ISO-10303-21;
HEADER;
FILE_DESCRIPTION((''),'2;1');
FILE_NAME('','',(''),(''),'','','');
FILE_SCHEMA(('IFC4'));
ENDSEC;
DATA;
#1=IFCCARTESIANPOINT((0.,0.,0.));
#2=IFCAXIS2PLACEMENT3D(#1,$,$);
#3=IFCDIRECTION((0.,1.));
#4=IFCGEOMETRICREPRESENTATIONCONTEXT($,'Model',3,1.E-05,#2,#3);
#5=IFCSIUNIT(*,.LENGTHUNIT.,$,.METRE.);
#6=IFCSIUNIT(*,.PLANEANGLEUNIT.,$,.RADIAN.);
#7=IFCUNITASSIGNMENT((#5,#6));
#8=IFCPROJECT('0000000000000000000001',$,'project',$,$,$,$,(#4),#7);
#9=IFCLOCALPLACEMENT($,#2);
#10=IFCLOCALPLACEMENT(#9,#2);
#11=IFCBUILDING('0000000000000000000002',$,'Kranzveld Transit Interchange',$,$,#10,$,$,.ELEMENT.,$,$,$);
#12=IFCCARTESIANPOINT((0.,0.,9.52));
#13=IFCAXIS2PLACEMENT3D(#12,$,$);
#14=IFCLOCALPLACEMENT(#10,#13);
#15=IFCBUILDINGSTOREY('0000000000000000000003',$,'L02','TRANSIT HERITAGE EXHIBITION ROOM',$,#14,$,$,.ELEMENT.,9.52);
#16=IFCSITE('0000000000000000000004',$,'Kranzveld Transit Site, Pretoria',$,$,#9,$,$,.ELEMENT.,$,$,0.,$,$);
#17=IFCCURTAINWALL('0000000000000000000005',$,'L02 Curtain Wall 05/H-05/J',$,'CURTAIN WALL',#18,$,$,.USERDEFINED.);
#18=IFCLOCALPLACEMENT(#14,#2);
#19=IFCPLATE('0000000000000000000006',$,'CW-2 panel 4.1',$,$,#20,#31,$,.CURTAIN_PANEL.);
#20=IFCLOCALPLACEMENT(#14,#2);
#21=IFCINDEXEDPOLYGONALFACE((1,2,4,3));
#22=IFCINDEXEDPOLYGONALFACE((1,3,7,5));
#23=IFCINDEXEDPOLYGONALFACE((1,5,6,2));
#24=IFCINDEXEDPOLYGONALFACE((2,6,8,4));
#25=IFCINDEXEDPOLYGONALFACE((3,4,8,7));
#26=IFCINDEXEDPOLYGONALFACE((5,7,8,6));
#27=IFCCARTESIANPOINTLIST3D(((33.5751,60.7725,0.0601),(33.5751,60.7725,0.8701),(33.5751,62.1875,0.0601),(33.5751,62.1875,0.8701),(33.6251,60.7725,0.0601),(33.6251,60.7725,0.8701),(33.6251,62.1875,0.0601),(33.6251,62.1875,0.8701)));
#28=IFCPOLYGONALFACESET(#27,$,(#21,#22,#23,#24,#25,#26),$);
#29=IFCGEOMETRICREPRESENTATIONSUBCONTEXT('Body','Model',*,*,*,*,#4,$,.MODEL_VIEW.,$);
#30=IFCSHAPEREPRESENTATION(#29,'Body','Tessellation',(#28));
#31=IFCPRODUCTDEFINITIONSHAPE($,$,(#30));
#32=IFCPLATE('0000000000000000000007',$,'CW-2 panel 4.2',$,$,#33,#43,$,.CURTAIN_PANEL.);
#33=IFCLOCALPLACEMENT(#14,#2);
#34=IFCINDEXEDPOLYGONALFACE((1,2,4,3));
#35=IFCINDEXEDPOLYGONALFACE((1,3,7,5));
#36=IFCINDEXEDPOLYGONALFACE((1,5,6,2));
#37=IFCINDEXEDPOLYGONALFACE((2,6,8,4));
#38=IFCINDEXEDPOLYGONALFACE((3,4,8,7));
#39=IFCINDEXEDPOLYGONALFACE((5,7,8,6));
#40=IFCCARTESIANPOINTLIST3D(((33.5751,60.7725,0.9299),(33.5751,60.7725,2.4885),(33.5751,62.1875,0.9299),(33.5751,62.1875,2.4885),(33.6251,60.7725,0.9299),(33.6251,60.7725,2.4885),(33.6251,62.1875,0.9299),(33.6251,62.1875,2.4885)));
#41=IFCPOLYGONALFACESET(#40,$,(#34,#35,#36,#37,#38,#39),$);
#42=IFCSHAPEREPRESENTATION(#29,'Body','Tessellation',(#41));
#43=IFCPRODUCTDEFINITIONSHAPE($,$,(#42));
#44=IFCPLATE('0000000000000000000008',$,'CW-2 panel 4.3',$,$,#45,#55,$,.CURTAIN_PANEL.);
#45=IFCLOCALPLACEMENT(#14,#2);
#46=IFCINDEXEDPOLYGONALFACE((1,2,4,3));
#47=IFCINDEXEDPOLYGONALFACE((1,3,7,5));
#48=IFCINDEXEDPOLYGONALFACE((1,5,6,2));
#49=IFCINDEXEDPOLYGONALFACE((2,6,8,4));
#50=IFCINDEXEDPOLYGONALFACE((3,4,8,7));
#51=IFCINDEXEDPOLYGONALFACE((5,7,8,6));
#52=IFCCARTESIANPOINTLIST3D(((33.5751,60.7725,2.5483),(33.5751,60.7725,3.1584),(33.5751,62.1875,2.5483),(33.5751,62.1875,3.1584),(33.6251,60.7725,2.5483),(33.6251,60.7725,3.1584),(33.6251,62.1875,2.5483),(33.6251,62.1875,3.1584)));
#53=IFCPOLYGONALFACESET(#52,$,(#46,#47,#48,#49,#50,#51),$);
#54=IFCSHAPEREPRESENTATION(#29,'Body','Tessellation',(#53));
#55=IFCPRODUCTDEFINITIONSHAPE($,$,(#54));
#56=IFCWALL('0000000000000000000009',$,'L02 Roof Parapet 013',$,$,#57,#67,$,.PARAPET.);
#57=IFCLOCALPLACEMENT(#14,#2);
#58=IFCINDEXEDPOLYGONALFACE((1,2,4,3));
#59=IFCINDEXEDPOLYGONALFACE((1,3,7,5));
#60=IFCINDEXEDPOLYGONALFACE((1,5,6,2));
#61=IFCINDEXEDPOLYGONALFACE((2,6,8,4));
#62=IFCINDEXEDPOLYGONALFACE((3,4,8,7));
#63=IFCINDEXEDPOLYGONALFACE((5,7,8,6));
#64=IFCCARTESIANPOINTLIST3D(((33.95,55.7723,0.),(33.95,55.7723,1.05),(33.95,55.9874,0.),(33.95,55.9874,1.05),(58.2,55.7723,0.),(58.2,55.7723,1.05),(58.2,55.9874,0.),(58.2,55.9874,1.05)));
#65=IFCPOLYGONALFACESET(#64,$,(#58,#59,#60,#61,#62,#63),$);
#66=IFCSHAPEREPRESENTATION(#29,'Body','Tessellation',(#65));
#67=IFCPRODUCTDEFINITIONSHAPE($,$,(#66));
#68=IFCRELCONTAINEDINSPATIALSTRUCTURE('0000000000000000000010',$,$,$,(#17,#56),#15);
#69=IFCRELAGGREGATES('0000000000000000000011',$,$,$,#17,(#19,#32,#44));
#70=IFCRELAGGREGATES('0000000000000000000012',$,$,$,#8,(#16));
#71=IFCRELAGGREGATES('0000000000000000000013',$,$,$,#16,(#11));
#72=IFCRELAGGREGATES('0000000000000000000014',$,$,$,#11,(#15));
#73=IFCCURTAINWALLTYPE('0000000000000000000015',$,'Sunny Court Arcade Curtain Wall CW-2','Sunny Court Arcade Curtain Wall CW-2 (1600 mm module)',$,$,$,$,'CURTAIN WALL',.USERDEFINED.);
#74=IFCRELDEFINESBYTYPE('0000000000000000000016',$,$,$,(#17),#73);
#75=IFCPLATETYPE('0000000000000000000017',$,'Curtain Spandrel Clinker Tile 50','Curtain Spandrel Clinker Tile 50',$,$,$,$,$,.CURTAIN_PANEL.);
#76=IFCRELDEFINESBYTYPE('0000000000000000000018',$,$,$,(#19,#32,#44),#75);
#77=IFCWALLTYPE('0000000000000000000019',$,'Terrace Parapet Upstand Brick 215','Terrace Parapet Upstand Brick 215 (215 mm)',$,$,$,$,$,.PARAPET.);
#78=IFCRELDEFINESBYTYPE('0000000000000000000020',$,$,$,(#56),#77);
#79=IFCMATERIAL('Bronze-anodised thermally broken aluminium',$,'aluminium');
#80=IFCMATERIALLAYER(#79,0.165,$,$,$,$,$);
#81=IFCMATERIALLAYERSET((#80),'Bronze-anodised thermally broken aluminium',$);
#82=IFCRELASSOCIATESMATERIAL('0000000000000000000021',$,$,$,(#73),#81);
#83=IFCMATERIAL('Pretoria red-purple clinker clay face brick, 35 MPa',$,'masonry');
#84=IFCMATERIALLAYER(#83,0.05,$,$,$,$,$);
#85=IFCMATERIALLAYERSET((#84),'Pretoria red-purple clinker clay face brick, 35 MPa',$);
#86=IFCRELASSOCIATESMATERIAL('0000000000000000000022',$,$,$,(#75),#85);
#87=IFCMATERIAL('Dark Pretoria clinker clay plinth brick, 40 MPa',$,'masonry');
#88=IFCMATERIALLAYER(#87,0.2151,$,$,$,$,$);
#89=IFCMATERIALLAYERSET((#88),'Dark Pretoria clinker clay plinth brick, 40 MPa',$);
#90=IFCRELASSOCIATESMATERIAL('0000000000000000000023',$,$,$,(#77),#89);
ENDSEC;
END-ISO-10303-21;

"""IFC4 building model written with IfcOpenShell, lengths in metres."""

from ifc_helpers import new_model, si_unit, direction, frame, frame_2d, origin, origin_2d, place, context, subcontext, project, spatial, rectangle, extrude, material, layer, layer_set, type_object, element, aggregate, save


model = new_model("IFC4")

# Units and contexts
model_context = context("Model", 3, precision=1e-05, world=origin(), true_north=direction((0.0, 1.0)))
body_context = subcontext(model_context, "Body", "Model", "MODEL_VIEW")
ifc_project = project(units=[si_unit("LENGTHUNIT", "METRE"), si_unit("PLANEANGLEUNIT", "RADIAN")], contexts=[model_context])

# Site, building, storey
site_placement = place(None, origin())
site = spatial("IfcSite", under=ifc_project, at=site_placement, Name="Kranzveld Transit Site, Pretoria", CompositionType="ELEMENT", RefElevation=0.0)
building_placement = place(site_placement, origin())
building = spatial("IfcBuilding", under=site, at=building_placement, Name="Kranzveld Transit Interchange", CompositionType="ELEMENT")
storey_placement = place(building_placement, frame((0.0, 0.0, 9.52)))
storey = spatial("IfcBuildingStorey", under=building, at=storey_placement, Name="L02", Description="TRANSIT HERITAGE EXHIBITION ROOM", CompositionType="ELEMENT", Elevation=9.52)

# Curtain wall, plates
ifc_material_1 = material(Name="Bronze-anodised thermally broken aluminium", Category="aluminium")
ifc_layer_1 = layer(ifc_material_1, 0.165)
ifc_layer_set_1 = layer_set([ifc_layer_1], Name="Bronze-anodised thermally broken aluminium")
curtain_wall_type = type_object("IfcCurtainWallType", Name="Sunny Court Arcade Curtain Wall CW-2", Description="Sunny Court Arcade Curtain Wall CW-2 (1600 mm module)", ElementType="CURTAIN WALL", PredefinedType="USERDEFINED", material=ifc_layer_set_1)
curtain_wall_placement = place(storey_placement, origin())
curtain_wall = element("IfcCurtainWall", 1, at=curtain_wall_placement, inside=storey, type_object=curtain_wall_type, Name="L02 Curtain Wall 05/H-05/J", ObjectType="CURTAIN WALL", PredefinedType="USERDEFINED")
ifc_material_2 = material(Name="Pretoria red-purple clinker clay face brick, 35 MPa", Category="masonry")
ifc_layer_2 = layer(ifc_material_2, 0.05)
ifc_layer_set_2 = layer_set([ifc_layer_2], Name="Pretoria red-purple clinker clay face brick, 35 MPa")
plate_type = type_object("IfcPlateType", Name="Curtain Spandrel Clinker Tile 50", Description="Curtain Spandrel Clinker Tile 50", PredefinedType="CURTAIN_PANEL", material=ifc_layer_set_2)
plate_1_placement = place(storey_placement, frame((33.6001, 61.48, 0.0601), z_axis=(0.0, 0.0, 1.0), x_axis=(0.0, 1.0, 0.0)))
plate_1 = element("IfcPlate", 2, at=plate_1_placement, type_object=plate_type, Name="CW-2 panel 4.1", PredefinedType="CURTAIN_PANEL", context=body_context, shape_type="SweptSolid", body=[
    extrude(rectangle(XDim=1.415, YDim=0.05, at=origin_2d()), origin(), (0.0, 0.0, 1.0), 0.8101),
])
plate_2_placement = place(storey_placement, frame((33.6001, 61.48, 0.9299), z_axis=(0.0, 0.0, 1.0), x_axis=(0.0, 1.0, 0.0)))
plate_2 = element("IfcPlate", 3, at=plate_2_placement, type_object=plate_type, Name="CW-2 panel 4.2", PredefinedType="CURTAIN_PANEL", context=body_context, shape_type="SweptSolid", body=[
    extrude(rectangle(XDim=1.415, YDim=0.05, at=origin_2d()), origin(), (0.0, 0.0, 1.0), 1.5586),
])
plate_3_placement = place(storey_placement, frame((33.6001, 61.48, 2.5483), z_axis=(0.0, 0.0, 1.0), x_axis=(0.0, 1.0, 0.0)))
plate_3 = element("IfcPlate", 4, at=plate_3_placement, type_object=plate_type, Name="CW-2 panel 4.3", PredefinedType="CURTAIN_PANEL", context=body_context, shape_type="SweptSolid", body=[
    extrude(rectangle(XDim=1.415, YDim=0.05, at=origin_2d()), origin(), (0.0, 0.0, 1.0), 0.6101),
])
aggregate(curtain_wall, [plate_1, plate_2, plate_3])

# Wall
ifc_material_3 = material(Name="Dark Pretoria clinker clay plinth brick, 40 MPa", Category="masonry")
ifc_layer_3 = layer(ifc_material_3, 0.2151)
ifc_layer_set_3 = layer_set([ifc_layer_3], Name="Dark Pretoria clinker clay plinth brick, 40 MPa")
wall_type = type_object("IfcWallType", Name="Terrace Parapet Upstand Brick 215", Description="Terrace Parapet Upstand Brick 215 (215 mm)", PredefinedType="PARAPET", material=ifc_layer_set_3)
wall_placement = place(storey_placement, frame((33.95, 55.8799, 0.0), z_axis=(0.0, 0.0, 1.0), x_axis=(1.0, 0.0, 0.0)))
element("IfcWall", 5, at=wall_placement, inside=storey, type_object=wall_type, Name="L02 Roof Parapet 013", PredefinedType="PARAPET", context=body_context, shape_type="SweptSolid", body=[
    extrude(rectangle(XDim=24.25, YDim=0.2151, at=frame_2d((12.125, 0.0))), origin(), (0.0, 0.0, 1.0), 1.05),
])

save(model, "model.ifc")
